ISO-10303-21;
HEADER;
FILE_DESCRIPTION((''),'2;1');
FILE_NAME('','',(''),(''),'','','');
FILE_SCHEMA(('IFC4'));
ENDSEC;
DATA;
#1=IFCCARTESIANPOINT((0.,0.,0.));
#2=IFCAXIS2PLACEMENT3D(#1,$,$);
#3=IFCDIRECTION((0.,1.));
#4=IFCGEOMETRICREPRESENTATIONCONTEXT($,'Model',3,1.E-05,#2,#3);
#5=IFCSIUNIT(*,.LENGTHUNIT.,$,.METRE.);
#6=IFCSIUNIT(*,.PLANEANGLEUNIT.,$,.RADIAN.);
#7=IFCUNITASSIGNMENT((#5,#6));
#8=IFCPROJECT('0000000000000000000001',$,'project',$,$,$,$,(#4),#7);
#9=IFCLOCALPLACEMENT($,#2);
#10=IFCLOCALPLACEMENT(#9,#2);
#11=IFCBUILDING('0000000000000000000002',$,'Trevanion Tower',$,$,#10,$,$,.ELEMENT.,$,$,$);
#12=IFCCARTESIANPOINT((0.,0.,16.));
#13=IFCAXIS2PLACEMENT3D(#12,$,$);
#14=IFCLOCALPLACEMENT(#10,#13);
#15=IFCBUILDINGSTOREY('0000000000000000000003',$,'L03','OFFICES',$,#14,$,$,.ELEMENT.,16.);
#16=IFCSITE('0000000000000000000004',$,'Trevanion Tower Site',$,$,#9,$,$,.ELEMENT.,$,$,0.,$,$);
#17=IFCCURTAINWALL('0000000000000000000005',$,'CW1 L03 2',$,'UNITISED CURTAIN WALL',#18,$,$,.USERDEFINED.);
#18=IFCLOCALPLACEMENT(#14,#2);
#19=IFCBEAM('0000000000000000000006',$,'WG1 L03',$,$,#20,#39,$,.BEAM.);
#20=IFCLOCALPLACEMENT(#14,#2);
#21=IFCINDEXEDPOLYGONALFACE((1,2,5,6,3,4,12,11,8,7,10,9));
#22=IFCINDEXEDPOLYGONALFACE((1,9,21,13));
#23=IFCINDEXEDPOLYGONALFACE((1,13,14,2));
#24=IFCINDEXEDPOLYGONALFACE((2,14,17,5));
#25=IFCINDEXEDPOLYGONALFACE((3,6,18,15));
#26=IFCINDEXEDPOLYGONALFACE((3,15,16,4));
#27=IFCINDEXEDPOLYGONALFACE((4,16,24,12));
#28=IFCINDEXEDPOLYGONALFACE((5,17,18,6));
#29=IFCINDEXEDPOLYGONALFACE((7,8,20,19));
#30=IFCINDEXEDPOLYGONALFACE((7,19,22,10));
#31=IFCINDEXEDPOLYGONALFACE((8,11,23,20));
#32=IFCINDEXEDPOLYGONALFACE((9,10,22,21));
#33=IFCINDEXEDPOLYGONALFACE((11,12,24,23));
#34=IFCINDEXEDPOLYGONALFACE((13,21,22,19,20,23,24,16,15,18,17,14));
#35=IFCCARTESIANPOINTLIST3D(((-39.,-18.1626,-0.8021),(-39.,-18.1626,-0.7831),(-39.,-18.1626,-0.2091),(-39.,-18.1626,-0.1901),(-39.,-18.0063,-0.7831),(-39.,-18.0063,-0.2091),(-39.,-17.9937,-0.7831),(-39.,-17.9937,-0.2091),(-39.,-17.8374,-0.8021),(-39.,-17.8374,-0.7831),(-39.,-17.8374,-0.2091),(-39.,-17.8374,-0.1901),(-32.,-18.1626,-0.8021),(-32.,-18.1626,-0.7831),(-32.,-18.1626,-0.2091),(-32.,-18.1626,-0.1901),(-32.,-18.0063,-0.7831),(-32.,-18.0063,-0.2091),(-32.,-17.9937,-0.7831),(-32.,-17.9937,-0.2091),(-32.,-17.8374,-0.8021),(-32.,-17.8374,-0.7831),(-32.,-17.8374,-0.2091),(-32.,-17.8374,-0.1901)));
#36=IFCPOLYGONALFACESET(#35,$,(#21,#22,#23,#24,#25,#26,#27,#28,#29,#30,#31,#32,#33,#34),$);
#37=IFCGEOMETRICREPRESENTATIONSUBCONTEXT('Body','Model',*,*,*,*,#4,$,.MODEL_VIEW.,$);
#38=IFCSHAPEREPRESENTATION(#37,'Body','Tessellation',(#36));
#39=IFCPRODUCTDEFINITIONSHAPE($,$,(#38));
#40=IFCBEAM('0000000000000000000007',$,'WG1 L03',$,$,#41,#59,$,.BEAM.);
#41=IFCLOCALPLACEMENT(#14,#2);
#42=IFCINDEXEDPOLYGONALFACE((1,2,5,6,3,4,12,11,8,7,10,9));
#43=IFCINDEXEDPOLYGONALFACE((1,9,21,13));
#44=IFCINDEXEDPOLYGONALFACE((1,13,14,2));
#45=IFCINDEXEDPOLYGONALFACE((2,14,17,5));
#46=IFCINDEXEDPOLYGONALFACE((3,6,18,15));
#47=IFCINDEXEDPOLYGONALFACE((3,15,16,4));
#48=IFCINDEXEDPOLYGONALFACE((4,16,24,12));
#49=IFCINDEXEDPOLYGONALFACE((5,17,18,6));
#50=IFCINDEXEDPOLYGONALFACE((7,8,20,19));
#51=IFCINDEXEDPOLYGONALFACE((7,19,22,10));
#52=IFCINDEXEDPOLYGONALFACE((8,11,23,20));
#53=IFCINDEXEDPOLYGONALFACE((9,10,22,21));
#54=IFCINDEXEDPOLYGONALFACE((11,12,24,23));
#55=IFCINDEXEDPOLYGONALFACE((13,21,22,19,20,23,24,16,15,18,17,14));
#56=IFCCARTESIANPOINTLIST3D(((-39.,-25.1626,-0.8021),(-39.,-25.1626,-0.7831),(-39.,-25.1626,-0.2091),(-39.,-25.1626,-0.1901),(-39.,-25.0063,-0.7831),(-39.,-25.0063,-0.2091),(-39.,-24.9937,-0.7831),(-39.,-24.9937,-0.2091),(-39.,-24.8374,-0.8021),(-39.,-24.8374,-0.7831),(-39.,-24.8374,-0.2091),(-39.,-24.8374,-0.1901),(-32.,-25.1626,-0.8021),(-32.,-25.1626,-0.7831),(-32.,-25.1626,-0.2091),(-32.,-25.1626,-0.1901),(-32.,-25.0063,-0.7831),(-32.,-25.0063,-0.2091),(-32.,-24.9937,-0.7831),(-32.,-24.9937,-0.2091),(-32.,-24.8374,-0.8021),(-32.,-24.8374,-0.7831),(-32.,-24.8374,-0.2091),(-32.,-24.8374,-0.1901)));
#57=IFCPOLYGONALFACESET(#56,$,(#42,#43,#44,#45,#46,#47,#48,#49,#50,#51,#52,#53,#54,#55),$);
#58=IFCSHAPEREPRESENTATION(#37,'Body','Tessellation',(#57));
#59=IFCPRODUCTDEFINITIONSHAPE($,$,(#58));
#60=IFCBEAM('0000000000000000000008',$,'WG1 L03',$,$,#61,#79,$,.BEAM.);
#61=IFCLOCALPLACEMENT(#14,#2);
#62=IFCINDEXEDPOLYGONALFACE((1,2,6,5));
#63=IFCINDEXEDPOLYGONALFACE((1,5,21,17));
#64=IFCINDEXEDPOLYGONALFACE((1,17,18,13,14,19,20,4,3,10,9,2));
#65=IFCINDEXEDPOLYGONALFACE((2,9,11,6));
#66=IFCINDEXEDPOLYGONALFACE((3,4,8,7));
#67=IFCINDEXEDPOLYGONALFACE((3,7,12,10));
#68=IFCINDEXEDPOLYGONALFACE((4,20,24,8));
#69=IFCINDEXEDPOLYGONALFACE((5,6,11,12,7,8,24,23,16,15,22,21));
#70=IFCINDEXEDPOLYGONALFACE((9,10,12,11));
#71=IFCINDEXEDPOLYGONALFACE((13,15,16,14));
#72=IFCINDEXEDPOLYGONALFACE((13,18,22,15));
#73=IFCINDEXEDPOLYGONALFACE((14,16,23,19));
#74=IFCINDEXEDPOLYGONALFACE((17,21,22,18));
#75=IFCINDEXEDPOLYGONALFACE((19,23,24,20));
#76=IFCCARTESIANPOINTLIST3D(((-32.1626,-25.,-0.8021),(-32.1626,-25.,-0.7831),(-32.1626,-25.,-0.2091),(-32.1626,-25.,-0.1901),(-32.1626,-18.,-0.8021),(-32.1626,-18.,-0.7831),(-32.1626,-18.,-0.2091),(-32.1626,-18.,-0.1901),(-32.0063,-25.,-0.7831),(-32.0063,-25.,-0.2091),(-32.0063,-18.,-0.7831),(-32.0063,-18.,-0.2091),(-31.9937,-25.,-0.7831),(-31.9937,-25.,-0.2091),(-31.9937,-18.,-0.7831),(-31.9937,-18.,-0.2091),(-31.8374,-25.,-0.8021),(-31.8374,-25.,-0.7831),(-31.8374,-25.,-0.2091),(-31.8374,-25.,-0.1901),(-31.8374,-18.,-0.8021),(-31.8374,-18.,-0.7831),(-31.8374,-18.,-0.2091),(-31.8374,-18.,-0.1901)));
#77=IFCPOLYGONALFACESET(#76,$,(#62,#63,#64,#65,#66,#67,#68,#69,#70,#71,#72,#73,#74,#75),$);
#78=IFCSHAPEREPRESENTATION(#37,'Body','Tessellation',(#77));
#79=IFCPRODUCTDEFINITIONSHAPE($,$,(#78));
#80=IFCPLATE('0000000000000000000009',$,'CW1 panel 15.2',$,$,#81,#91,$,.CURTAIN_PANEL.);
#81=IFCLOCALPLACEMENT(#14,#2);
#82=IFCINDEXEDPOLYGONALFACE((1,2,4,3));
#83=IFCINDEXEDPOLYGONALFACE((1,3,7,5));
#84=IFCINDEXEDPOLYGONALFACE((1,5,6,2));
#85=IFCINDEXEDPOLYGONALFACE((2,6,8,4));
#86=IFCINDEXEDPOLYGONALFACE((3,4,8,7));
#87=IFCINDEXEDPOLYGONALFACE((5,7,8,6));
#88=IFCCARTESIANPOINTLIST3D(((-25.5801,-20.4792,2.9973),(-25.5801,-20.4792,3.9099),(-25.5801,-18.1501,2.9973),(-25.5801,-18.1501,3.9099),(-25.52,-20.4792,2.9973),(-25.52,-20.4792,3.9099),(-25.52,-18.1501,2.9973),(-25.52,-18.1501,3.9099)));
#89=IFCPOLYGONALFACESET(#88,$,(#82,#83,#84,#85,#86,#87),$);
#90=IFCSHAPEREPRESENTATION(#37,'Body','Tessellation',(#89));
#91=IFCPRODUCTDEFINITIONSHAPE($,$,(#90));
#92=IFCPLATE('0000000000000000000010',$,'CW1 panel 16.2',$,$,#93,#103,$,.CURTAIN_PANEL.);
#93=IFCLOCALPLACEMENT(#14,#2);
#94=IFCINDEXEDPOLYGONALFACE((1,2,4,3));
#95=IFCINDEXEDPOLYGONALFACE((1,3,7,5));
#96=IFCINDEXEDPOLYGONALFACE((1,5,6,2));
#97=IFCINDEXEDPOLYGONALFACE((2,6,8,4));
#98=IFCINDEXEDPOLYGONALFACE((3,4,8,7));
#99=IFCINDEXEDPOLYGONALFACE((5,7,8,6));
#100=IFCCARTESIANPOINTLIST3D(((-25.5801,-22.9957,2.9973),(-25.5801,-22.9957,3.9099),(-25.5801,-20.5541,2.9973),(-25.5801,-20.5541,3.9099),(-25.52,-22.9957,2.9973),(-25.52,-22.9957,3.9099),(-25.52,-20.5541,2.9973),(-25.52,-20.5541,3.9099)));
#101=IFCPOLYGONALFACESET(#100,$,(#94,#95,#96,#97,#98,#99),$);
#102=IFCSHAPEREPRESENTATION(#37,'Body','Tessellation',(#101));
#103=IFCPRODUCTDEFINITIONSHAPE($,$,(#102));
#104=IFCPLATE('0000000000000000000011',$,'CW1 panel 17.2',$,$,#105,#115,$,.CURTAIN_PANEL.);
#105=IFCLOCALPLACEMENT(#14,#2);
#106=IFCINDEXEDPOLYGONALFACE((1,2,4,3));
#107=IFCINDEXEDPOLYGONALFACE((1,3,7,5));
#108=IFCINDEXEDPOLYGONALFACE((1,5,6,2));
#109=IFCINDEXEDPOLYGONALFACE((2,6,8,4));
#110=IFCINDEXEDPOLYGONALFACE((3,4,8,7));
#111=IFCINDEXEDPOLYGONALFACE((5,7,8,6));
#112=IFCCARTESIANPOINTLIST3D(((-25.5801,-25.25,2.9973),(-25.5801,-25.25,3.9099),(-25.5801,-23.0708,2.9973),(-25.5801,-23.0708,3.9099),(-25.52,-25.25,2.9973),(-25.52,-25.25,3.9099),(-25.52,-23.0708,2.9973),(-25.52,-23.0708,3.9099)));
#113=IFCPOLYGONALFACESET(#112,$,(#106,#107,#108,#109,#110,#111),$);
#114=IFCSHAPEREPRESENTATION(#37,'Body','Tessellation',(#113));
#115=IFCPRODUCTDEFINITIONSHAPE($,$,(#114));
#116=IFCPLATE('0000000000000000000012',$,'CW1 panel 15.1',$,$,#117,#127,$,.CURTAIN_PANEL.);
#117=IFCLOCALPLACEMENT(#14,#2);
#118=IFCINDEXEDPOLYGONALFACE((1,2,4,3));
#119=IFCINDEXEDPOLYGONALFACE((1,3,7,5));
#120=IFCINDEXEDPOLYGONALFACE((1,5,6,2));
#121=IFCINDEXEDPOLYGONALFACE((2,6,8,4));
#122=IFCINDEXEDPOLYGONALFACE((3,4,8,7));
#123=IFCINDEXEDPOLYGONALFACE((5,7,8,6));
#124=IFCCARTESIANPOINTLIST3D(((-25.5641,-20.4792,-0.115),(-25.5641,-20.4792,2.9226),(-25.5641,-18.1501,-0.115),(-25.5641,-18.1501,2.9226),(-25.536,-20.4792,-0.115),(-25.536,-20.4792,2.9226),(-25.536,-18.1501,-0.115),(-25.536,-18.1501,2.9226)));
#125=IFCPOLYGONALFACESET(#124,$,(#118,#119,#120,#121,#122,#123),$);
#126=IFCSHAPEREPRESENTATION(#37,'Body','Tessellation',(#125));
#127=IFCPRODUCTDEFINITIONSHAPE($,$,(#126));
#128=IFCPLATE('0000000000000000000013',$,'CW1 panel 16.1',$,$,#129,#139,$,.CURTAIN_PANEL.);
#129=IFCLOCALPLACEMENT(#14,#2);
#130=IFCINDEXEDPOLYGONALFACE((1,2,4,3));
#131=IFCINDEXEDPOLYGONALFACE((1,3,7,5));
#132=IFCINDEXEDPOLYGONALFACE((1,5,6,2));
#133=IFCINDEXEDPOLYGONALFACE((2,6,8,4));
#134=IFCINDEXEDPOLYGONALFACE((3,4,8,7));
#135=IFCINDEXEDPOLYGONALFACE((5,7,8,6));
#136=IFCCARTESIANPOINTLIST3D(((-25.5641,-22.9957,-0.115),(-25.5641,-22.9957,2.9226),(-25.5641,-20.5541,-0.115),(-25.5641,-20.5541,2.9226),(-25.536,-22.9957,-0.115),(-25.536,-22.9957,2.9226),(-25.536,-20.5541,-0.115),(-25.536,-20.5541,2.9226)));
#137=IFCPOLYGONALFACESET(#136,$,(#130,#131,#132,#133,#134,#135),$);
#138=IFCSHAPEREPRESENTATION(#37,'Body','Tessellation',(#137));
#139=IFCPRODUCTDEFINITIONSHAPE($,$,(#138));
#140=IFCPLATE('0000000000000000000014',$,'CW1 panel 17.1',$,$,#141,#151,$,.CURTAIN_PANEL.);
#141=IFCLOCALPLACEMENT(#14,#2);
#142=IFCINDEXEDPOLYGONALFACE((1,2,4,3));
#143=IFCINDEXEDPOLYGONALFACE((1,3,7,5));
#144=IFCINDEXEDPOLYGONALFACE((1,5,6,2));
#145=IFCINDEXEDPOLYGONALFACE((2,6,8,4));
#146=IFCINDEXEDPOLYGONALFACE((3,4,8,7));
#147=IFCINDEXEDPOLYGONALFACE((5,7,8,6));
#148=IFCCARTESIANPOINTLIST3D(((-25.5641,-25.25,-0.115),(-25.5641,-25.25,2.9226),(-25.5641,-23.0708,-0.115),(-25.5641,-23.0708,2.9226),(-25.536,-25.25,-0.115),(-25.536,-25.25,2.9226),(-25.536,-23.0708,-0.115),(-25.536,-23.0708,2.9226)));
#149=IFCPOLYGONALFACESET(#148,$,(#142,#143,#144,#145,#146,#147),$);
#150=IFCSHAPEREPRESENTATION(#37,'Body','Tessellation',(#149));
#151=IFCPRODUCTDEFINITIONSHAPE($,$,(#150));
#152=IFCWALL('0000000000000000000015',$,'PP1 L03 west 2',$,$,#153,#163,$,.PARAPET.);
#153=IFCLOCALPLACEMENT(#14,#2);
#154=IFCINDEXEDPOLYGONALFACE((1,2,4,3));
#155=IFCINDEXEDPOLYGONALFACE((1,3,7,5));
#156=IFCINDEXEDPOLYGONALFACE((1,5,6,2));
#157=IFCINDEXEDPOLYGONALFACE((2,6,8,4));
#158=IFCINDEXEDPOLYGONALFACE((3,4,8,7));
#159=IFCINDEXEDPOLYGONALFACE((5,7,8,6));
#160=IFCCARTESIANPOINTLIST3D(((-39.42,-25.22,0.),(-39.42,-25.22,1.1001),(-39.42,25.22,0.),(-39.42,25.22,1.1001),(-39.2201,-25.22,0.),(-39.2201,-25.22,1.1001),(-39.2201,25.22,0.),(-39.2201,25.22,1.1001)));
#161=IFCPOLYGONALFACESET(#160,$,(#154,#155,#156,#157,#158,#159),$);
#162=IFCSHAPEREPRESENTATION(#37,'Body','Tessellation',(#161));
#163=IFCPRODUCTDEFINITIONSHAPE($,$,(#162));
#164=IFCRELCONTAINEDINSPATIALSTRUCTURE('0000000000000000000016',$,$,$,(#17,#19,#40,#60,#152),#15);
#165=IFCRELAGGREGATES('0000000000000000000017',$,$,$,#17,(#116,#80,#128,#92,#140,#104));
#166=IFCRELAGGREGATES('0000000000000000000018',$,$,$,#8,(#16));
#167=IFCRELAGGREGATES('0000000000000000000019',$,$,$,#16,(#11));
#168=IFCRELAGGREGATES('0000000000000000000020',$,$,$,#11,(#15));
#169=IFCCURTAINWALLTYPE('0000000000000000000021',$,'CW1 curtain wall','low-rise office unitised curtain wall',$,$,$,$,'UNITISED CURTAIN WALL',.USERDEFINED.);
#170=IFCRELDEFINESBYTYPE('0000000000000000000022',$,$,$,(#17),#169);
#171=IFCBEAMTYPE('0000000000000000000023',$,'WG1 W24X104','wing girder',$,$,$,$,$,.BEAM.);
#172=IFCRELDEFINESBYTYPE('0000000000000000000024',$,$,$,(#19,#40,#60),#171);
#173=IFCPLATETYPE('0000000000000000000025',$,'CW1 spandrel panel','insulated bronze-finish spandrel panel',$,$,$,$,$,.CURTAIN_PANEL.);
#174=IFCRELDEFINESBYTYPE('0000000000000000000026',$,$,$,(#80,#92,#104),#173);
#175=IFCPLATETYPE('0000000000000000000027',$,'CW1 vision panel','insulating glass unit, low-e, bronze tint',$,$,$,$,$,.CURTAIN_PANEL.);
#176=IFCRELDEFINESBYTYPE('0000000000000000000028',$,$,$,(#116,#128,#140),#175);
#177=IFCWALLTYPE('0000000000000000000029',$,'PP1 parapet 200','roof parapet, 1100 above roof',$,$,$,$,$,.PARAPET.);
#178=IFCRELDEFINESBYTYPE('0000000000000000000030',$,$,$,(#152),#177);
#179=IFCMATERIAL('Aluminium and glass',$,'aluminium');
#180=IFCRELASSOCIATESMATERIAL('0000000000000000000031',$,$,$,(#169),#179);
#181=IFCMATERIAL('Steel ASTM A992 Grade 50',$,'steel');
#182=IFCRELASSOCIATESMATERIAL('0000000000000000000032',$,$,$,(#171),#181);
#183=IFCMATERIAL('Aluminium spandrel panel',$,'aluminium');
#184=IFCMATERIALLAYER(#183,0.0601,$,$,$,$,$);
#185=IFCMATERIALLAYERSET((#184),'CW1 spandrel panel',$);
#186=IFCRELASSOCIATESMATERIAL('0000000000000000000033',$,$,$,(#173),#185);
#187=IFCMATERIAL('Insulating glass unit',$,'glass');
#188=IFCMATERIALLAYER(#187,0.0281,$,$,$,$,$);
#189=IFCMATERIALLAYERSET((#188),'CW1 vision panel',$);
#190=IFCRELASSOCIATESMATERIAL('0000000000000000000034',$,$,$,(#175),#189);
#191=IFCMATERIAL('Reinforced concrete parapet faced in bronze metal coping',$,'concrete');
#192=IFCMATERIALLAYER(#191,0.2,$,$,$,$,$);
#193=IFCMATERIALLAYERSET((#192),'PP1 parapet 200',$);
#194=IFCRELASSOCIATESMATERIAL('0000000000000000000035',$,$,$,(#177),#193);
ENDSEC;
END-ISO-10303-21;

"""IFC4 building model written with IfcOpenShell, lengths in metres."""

from ifc_helpers import new_model, si_unit, direction, frame, frame_2d, origin, origin_2d, place, context, subcontext, project, spatial, rectangle, i_section, extrude, material, layer, layer_set, material_profile, profile_set, type_object, element, aggregate, save


model = new_model("IFC4")

# Units and contexts
model_context = context("Model", 3, precision=1e-05, world=origin(), true_north=direction((0.0, 1.0)))
body_context = subcontext(model_context, "Body", "Model", "MODEL_VIEW")
ifc_project = project(units=[si_unit("LENGTHUNIT", "METRE"), si_unit("PLANEANGLEUNIT", "RADIAN")], contexts=[model_context])

# Site, building, storey
site_placement = place(None, origin())
site = spatial("IfcSite", under=ifc_project, at=site_placement, Name="Trevanion Tower Site", CompositionType="ELEMENT", RefElevation=0.0)
building_placement = place(site_placement, origin())
building = spatial("IfcBuilding", under=site, at=building_placement, Name="Trevanion Tower", CompositionType="ELEMENT")
storey_placement = place(building_placement, frame((0.0, 0.0, 16.0)))
storey = spatial("IfcBuildingStorey", under=building, at=storey_placement, Name="L03", Description="OFFICES", CompositionType="ELEMENT", Elevation=16.0)

# Curtain wall
ifc_material_1 = material(Name="Aluminium and glass", Category="aluminium")
curtain_wall_type = type_object("IfcCurtainWallType", Name="CW1 curtain wall", Description="low-rise office unitised curtain wall", ElementType="UNITISED CURTAIN WALL", PredefinedType="USERDEFINED", material=ifc_material_1)
curtain_wall_placement = place(storey_placement, origin())
curtain_wall = element("IfcCurtainWall", 1, at=curtain_wall_placement, inside=storey, type_object=curtain_wall_type, Name="CW1 L03 2", ObjectType="UNITISED CURTAIN WALL", PredefinedType="USERDEFINED")

# Beams
ifc_material_2 = material(Name="Steel ASTM A992 Grade 50", Category="steel")
ifc_material_profile_1 = material_profile(ifc_material_2, i_section(OverallWidth=0.3252, OverallDepth=0.6121, WebThickness=0.0127, FlangeThickness=0.019, at=origin_2d()), Name="W24X104")
ifc_profile_set_1 = profile_set([ifc_material_profile_1], Name="Steel ASTM A992 Grade 50")
beam_type_1 = type_object("IfcBeamType", Name="WG1 W24X104", Description="wing girder", PredefinedType="BEAM", material=ifc_profile_set_1)
for number, where, z_axis, x_axis, name in (
    (2, (-32.0, -18.0, -0.4961), (-1.0, 0.0, 0.0), (0.0, -1.0, 0.0), "WG1 L03"),
    (3, (-32.0, -25.0, -0.4961), (-1.0, 0.0, 0.0), (0.0, -1.0, 0.0), "WG1 L03"),
    (4, (-32.0, -18.0, -0.4961), (0.0, -1.0, 0.0), (1.0, 0.0, 0.0), "WG1 L03"),
):
    element("IfcBeam", number, at=place(storey_placement, frame(where, z_axis=z_axis, x_axis=x_axis)), inside=storey, type_object=beam_type_1, Name=name, PredefinedType="BEAM", context=body_context, shape_type="SweptSolid", body=[
        extrude(i_section(OverallWidth=0.3252, OverallDepth=0.6121, WebThickness=0.0127, FlangeThickness=0.019, at=origin_2d()), origin(), (0.0, 0.0, 1.0), 7.0),
    ])

# Plates
ifc_material_3 = material(Name="Aluminium spandrel panel", Category="aluminium")
ifc_layer_1 = layer(ifc_material_3, 0.0601)
ifc_layer_set_1 = layer_set([ifc_layer_1], Name="CW1 spandrel panel")
plate_type_1 = type_object("IfcPlateType", Name="CW1 spandrel panel", Description="insulated bronze-finish spandrel panel", PredefinedType="CURTAIN_PANEL", material=ifc_layer_set_1)
plate_1_placement = place(storey_placement, frame((-25.55, -19.3147, 2.9973), z_axis=(0.0, 0.0, 1.0), x_axis=(0.0, -1.0, 0.0)))
plate_1 = element("IfcPlate", 5, at=plate_1_placement, type_object=plate_type_1, Name="CW1 panel 15.2", PredefinedType="CURTAIN_PANEL", context=body_context, shape_type="SweptSolid", body=[
    extrude(rectangle(XDim=2.3291, YDim=0.0601, at=origin_2d()), origin(), (0.0, 0.0, 1.0), 0.9126),
])
plate_2_placement = place(storey_placement, frame((-25.55, -21.7749, 2.9973), z_axis=(0.0, 0.0, 1.0), x_axis=(0.0, -1.0, 0.0)))
plate_2 = element("IfcPlate", 6, at=plate_2_placement, type_object=plate_type_1, Name="CW1 panel 16.2", PredefinedType="CURTAIN_PANEL", context=body_context, shape_type="SweptSolid", body=[
    extrude(rectangle(XDim=2.4417, YDim=0.0601, at=origin_2d()), origin(), (0.0, 0.0, 1.0), 0.9126),
])
plate_3_placement = place(storey_placement, frame((-25.55, -24.1604, 2.9973), z_axis=(0.0, 0.0, 1.0), x_axis=(0.0, -1.0, 0.0)))
plate_3 = element("IfcPlate", 7, at=plate_3_placement, type_object=plate_type_1, Name="CW1 panel 17.2", PredefinedType="CURTAIN_PANEL", context=body_context, shape_type="SweptSolid", body=[
    extrude(rectangle(XDim=2.1792, YDim=0.0601, at=origin_2d()), origin(), (0.0, 0.0, 1.0), 0.9126),
])
ifc_material_4 = material(Name="Insulating glass unit", Category="glass")
ifc_layer_2 = layer(ifc_material_4, 0.0281)
ifc_layer_set_2 = layer_set([ifc_layer_2], Name="CW1 vision panel")
plate_type_2 = type_object("IfcPlateType", Name="CW1 vision panel", Description="insulating glass unit, low-e, bronze tint", PredefinedType="CURTAIN_PANEL", material=ifc_layer_set_2)
plate_4_placement = place(storey_placement, frame((-25.55, -19.3147, -0.115), z_axis=(0.0, 0.0, 1.0), x_axis=(0.0, -1.0, 0.0)))
plate_4 = element("IfcPlate", 8, at=plate_4_placement, type_object=plate_type_2, Name="CW1 panel 15.1", PredefinedType="CURTAIN_PANEL", context=body_context, shape_type="SweptSolid", body=[
    extrude(rectangle(XDim=2.3291, YDim=0.0281, at=origin_2d()), origin(), (0.0, 0.0, 1.0), 3.0376),
])
plate_5_placement = place(storey_placement, frame((-25.55, -21.7749, -0.115), z_axis=(0.0, 0.0, 1.0), x_axis=(0.0, -1.0, 0.0)))
plate_5 = element("IfcPlate", 9, at=plate_5_placement, type_object=plate_type_2, Name="CW1 panel 16.1", PredefinedType="CURTAIN_PANEL", context=body_context, shape_type="SweptSolid", body=[
    extrude(rectangle(XDim=2.4417, YDim=0.0281, at=origin_2d()), origin(), (0.0, 0.0, 1.0), 3.0376),
])
plate_6_placement = place(storey_placement, frame((-25.55, -24.1604, -0.115), z_axis=(0.0, 0.0, 1.0), x_axis=(0.0, -1.0, 0.0)))
plate_6 = element("IfcPlate", 10, at=plate_6_placement, type_object=plate_type_2, Name="CW1 panel 17.1", PredefinedType="CURTAIN_PANEL", context=body_context, shape_type="SweptSolid", body=[
    extrude(rectangle(XDim=2.1792, YDim=0.0281, at=origin_2d()), origin(), (0.0, 0.0, 1.0), 3.0376),
])
aggregate(curtain_wall, [plate_4, plate_1, plate_5, plate_2, plate_6, plate_3])

# Wall
ifc_material_5 = material(Name="Reinforced concrete parapet faced in bronze metal coping", Category="concrete")
ifc_layer_3 = layer(ifc_material_5, 0.2)
ifc_layer_set_3 = layer_set([ifc_layer_3], Name="PP1 parapet 200")
wall_type = type_object("IfcWallType", Name="PP1 parapet 200", Description="roof parapet, 1100 above roof", PredefinedType="PARAPET", material=ifc_layer_set_3)
wall_placement = place(storey_placement, frame((-39.3201, -25.22, 0.0), z_axis=(0.0, 0.0, 1.0), x_axis=(0.0, 1.0, 0.0)))
element("IfcWall", 11, at=wall_placement, inside=storey, type_object=wall_type, Name="PP1 L03 west 2", PredefinedType="PARAPET", context=body_context, shape_type="SweptSolid", body=[
    extrude(rectangle(XDim=50.4399, YDim=0.2, at=frame_2d((25.22, 0.0))), origin(), (0.0, 0.0, 1.0), 1.1001),
])

save(model, "model.ifc")
